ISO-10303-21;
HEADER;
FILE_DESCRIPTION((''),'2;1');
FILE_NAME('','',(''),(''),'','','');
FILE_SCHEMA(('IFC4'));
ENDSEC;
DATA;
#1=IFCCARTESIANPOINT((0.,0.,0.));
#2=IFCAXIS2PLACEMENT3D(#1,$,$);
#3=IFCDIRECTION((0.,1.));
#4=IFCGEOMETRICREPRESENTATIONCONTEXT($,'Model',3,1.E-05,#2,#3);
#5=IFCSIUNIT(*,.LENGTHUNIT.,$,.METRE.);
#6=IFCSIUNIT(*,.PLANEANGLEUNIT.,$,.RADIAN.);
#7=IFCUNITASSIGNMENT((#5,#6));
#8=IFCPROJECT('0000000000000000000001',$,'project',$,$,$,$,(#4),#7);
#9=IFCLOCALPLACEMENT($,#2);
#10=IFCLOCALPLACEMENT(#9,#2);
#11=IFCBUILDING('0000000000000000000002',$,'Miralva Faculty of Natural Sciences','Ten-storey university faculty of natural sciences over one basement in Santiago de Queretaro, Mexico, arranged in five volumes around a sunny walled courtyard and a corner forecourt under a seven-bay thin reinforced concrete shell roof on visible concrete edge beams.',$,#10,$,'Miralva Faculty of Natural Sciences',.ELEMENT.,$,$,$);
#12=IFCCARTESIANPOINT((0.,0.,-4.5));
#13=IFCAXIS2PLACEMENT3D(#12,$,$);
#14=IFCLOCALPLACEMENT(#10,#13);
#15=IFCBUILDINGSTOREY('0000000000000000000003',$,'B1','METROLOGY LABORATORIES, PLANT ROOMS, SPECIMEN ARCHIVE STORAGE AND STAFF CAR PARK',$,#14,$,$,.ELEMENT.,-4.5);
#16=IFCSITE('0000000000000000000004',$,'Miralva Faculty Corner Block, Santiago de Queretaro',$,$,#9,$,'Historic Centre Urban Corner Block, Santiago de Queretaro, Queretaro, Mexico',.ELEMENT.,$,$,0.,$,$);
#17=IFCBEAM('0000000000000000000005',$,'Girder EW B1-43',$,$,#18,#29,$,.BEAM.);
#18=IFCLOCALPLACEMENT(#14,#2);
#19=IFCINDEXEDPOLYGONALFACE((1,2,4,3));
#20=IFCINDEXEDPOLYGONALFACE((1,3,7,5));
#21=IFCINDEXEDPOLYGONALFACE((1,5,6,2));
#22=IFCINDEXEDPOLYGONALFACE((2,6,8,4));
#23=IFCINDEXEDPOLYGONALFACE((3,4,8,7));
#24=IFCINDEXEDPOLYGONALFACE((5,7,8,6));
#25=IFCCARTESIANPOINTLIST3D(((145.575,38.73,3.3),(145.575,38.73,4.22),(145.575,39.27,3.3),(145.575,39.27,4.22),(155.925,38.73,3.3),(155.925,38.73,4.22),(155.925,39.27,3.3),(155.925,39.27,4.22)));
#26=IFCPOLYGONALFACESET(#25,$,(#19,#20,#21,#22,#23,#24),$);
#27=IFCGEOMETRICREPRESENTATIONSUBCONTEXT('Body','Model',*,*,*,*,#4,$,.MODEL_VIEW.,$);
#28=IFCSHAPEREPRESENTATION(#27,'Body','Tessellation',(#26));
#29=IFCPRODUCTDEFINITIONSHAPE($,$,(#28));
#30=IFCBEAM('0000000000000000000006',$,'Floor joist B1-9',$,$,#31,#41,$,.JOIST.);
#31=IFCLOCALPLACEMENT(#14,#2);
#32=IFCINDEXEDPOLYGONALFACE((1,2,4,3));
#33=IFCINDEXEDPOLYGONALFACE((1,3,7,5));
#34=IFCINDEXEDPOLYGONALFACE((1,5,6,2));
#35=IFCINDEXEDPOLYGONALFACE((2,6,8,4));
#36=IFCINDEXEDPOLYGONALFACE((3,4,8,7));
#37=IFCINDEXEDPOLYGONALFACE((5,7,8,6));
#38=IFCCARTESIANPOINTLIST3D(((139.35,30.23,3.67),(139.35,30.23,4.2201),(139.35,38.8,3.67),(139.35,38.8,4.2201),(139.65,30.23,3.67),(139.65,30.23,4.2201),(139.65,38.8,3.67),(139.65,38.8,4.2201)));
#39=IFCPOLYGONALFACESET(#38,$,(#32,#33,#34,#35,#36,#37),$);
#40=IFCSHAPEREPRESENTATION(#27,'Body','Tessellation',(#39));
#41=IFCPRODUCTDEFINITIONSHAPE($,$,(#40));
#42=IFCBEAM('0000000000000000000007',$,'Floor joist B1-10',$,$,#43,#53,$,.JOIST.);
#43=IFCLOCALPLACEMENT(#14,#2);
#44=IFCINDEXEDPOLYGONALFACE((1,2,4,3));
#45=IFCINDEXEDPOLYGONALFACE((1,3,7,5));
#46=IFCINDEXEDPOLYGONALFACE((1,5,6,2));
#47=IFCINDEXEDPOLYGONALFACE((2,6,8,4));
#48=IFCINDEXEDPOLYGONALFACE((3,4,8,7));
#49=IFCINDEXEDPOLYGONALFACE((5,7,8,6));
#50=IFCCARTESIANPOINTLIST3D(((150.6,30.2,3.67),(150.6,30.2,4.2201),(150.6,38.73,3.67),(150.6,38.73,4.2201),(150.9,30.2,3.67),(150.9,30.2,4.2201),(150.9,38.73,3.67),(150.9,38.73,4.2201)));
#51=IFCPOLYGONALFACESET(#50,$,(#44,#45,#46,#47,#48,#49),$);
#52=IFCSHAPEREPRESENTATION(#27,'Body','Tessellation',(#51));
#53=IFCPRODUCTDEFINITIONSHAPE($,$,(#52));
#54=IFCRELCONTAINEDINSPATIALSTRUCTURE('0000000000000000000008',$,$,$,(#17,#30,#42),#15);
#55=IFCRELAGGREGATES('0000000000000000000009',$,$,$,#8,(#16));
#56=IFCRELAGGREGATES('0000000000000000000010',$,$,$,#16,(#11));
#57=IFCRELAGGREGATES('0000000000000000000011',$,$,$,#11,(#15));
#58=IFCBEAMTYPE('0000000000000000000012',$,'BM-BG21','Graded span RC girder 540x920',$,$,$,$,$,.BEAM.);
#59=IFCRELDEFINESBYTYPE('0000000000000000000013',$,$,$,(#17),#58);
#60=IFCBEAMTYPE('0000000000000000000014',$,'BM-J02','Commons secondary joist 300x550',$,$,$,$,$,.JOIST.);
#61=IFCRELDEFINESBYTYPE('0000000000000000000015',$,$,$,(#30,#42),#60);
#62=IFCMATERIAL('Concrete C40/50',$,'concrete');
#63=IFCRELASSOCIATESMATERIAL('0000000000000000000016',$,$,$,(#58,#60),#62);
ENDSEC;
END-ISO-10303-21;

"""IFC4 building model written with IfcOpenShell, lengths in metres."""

from ifc_helpers import new_model, si_unit, direction, frame, origin, origin_2d, place, context, subcontext, project, spatial, rectangle, extrude, material, material_profile, profile_set, type_object, element, save


model = new_model("IFC4")

# Units and contexts
model_context = context("Model", 3, precision=1e-05, world=origin(), true_north=direction((0.0, 1.0)))
body_context = subcontext(model_context, "Body", "Model", "MODEL_VIEW")
ifc_project = project(units=[si_unit("LENGTHUNIT", "METRE"), si_unit("PLANEANGLEUNIT", "RADIAN")], contexts=[model_context])

# Site, building, storey
site_placement = place(None, origin())
site = spatial("IfcSite", under=ifc_project, at=site_placement, Name="Miralva Faculty Corner Block, Santiago de Queretaro", LongName="Historic Centre Urban Corner Block, Santiago de Queretaro, Queretaro, Mexico", CompositionType="ELEMENT", RefElevation=0.0)
building_placement = place(site_placement, origin())
building = spatial("IfcBuilding", under=site, at=building_placement, Name="Miralva Faculty of Natural Sciences", Description="Ten-storey university faculty of natural sciences over one basement in Santiago de Queretaro, Mexico, arranged in five volumes around a sunny walled courtyard and a corner forecourt under a seven-bay thin reinforced concrete shell roof on visible concrete edge beams.", LongName="Miralva Faculty of Natural Sciences", CompositionType="ELEMENT")
storey_placement = place(building_placement, frame((0.0, 0.0, -4.5)))
storey = spatial("IfcBuildingStorey", under=building, at=storey_placement, Name="B1", Description="METROLOGY LABORATORIES, PLANT ROOMS, SPECIMEN ARCHIVE STORAGE AND STAFF CAR PARK", CompositionType="ELEMENT", Elevation=-4.5)

# Shared definitions
ifc_material_1 = material(Name="Concrete C40/50", Category="concrete")

# Beams
ifc_material_profile_1 = material_profile(ifc_material_1, rectangle(XDim=0.54, YDim=0.9199, at=origin_2d()), Name="RC 540x920")
ifc_profile_set_1 = profile_set([ifc_material_profile_1], Name="Concrete C40/50")
beam_type_1 = type_object("IfcBeamType", Name="BM-BG21", Description="Graded span RC girder 540x920", PredefinedType="BEAM", material=ifc_profile_set_1)
beam_1_placement = place(storey_placement, frame((145.575, 39.0, 3.76), z_axis=(1.0, 0.0, 0.0), x_axis=(0.0, 1.0, 0.0)))
element("IfcBeam", 1, at=beam_1_placement, inside=storey, type_object=beam_type_1, Name="Girder EW B1-43", PredefinedType="BEAM", context=body_context, shape_type="SweptSolid", body=[
    extrude(rectangle(XDim=0.54, YDim=0.9199, at=origin_2d()), origin(), (0.0, 0.0, 1.0), 10.3501),
])
ifc_material_profile_2 = material_profile(ifc_material_1, rectangle(XDim=0.3, YDim=0.55, at=origin_2d()), Name="RC 300x550")
ifc_profile_set_2 = profile_set([ifc_material_profile_2], Name="Concrete C40/50")
beam_type_2 = type_object("IfcBeamType", Name="BM-J02", Description="Commons secondary joist 300x550", PredefinedType="JOIST", material=ifc_profile_set_2)
beam_2_placement = place(storey_placement, frame((139.5, 30.23, 3.9451), z_axis=(0.0, 1.0, 0.0), x_axis=(-1.0, 0.0, 0.0)))
element("IfcBeam", 2, at=beam_2_placement, inside=storey, type_object=beam_type_2, Name="Floor joist B1-9", PredefinedType="JOIST", context=body_context, shape_type="SweptSolid", body=[
    extrude(rectangle(XDim=0.3, YDim=0.55, at=origin_2d()), origin(), (0.0, 0.0, 1.0), 8.5701),
])
beam_3_placement = place(storey_placement, frame((150.75, 30.2, 3.9451), z_axis=(0.0, 1.0, 0.0), x_axis=(-1.0, 0.0, 0.0)))
element("IfcBeam", 3, at=beam_3_placement, inside=storey, type_object=beam_type_2, Name="Floor joist B1-10", PredefinedType="JOIST", context=body_context, shape_type="SweptSolid", body=[
    extrude(rectangle(XDim=0.3, YDim=0.55, at=origin_2d()), origin(), (0.0, 0.0, 1.0), 8.53),
])

save(model, "model.ifc")
